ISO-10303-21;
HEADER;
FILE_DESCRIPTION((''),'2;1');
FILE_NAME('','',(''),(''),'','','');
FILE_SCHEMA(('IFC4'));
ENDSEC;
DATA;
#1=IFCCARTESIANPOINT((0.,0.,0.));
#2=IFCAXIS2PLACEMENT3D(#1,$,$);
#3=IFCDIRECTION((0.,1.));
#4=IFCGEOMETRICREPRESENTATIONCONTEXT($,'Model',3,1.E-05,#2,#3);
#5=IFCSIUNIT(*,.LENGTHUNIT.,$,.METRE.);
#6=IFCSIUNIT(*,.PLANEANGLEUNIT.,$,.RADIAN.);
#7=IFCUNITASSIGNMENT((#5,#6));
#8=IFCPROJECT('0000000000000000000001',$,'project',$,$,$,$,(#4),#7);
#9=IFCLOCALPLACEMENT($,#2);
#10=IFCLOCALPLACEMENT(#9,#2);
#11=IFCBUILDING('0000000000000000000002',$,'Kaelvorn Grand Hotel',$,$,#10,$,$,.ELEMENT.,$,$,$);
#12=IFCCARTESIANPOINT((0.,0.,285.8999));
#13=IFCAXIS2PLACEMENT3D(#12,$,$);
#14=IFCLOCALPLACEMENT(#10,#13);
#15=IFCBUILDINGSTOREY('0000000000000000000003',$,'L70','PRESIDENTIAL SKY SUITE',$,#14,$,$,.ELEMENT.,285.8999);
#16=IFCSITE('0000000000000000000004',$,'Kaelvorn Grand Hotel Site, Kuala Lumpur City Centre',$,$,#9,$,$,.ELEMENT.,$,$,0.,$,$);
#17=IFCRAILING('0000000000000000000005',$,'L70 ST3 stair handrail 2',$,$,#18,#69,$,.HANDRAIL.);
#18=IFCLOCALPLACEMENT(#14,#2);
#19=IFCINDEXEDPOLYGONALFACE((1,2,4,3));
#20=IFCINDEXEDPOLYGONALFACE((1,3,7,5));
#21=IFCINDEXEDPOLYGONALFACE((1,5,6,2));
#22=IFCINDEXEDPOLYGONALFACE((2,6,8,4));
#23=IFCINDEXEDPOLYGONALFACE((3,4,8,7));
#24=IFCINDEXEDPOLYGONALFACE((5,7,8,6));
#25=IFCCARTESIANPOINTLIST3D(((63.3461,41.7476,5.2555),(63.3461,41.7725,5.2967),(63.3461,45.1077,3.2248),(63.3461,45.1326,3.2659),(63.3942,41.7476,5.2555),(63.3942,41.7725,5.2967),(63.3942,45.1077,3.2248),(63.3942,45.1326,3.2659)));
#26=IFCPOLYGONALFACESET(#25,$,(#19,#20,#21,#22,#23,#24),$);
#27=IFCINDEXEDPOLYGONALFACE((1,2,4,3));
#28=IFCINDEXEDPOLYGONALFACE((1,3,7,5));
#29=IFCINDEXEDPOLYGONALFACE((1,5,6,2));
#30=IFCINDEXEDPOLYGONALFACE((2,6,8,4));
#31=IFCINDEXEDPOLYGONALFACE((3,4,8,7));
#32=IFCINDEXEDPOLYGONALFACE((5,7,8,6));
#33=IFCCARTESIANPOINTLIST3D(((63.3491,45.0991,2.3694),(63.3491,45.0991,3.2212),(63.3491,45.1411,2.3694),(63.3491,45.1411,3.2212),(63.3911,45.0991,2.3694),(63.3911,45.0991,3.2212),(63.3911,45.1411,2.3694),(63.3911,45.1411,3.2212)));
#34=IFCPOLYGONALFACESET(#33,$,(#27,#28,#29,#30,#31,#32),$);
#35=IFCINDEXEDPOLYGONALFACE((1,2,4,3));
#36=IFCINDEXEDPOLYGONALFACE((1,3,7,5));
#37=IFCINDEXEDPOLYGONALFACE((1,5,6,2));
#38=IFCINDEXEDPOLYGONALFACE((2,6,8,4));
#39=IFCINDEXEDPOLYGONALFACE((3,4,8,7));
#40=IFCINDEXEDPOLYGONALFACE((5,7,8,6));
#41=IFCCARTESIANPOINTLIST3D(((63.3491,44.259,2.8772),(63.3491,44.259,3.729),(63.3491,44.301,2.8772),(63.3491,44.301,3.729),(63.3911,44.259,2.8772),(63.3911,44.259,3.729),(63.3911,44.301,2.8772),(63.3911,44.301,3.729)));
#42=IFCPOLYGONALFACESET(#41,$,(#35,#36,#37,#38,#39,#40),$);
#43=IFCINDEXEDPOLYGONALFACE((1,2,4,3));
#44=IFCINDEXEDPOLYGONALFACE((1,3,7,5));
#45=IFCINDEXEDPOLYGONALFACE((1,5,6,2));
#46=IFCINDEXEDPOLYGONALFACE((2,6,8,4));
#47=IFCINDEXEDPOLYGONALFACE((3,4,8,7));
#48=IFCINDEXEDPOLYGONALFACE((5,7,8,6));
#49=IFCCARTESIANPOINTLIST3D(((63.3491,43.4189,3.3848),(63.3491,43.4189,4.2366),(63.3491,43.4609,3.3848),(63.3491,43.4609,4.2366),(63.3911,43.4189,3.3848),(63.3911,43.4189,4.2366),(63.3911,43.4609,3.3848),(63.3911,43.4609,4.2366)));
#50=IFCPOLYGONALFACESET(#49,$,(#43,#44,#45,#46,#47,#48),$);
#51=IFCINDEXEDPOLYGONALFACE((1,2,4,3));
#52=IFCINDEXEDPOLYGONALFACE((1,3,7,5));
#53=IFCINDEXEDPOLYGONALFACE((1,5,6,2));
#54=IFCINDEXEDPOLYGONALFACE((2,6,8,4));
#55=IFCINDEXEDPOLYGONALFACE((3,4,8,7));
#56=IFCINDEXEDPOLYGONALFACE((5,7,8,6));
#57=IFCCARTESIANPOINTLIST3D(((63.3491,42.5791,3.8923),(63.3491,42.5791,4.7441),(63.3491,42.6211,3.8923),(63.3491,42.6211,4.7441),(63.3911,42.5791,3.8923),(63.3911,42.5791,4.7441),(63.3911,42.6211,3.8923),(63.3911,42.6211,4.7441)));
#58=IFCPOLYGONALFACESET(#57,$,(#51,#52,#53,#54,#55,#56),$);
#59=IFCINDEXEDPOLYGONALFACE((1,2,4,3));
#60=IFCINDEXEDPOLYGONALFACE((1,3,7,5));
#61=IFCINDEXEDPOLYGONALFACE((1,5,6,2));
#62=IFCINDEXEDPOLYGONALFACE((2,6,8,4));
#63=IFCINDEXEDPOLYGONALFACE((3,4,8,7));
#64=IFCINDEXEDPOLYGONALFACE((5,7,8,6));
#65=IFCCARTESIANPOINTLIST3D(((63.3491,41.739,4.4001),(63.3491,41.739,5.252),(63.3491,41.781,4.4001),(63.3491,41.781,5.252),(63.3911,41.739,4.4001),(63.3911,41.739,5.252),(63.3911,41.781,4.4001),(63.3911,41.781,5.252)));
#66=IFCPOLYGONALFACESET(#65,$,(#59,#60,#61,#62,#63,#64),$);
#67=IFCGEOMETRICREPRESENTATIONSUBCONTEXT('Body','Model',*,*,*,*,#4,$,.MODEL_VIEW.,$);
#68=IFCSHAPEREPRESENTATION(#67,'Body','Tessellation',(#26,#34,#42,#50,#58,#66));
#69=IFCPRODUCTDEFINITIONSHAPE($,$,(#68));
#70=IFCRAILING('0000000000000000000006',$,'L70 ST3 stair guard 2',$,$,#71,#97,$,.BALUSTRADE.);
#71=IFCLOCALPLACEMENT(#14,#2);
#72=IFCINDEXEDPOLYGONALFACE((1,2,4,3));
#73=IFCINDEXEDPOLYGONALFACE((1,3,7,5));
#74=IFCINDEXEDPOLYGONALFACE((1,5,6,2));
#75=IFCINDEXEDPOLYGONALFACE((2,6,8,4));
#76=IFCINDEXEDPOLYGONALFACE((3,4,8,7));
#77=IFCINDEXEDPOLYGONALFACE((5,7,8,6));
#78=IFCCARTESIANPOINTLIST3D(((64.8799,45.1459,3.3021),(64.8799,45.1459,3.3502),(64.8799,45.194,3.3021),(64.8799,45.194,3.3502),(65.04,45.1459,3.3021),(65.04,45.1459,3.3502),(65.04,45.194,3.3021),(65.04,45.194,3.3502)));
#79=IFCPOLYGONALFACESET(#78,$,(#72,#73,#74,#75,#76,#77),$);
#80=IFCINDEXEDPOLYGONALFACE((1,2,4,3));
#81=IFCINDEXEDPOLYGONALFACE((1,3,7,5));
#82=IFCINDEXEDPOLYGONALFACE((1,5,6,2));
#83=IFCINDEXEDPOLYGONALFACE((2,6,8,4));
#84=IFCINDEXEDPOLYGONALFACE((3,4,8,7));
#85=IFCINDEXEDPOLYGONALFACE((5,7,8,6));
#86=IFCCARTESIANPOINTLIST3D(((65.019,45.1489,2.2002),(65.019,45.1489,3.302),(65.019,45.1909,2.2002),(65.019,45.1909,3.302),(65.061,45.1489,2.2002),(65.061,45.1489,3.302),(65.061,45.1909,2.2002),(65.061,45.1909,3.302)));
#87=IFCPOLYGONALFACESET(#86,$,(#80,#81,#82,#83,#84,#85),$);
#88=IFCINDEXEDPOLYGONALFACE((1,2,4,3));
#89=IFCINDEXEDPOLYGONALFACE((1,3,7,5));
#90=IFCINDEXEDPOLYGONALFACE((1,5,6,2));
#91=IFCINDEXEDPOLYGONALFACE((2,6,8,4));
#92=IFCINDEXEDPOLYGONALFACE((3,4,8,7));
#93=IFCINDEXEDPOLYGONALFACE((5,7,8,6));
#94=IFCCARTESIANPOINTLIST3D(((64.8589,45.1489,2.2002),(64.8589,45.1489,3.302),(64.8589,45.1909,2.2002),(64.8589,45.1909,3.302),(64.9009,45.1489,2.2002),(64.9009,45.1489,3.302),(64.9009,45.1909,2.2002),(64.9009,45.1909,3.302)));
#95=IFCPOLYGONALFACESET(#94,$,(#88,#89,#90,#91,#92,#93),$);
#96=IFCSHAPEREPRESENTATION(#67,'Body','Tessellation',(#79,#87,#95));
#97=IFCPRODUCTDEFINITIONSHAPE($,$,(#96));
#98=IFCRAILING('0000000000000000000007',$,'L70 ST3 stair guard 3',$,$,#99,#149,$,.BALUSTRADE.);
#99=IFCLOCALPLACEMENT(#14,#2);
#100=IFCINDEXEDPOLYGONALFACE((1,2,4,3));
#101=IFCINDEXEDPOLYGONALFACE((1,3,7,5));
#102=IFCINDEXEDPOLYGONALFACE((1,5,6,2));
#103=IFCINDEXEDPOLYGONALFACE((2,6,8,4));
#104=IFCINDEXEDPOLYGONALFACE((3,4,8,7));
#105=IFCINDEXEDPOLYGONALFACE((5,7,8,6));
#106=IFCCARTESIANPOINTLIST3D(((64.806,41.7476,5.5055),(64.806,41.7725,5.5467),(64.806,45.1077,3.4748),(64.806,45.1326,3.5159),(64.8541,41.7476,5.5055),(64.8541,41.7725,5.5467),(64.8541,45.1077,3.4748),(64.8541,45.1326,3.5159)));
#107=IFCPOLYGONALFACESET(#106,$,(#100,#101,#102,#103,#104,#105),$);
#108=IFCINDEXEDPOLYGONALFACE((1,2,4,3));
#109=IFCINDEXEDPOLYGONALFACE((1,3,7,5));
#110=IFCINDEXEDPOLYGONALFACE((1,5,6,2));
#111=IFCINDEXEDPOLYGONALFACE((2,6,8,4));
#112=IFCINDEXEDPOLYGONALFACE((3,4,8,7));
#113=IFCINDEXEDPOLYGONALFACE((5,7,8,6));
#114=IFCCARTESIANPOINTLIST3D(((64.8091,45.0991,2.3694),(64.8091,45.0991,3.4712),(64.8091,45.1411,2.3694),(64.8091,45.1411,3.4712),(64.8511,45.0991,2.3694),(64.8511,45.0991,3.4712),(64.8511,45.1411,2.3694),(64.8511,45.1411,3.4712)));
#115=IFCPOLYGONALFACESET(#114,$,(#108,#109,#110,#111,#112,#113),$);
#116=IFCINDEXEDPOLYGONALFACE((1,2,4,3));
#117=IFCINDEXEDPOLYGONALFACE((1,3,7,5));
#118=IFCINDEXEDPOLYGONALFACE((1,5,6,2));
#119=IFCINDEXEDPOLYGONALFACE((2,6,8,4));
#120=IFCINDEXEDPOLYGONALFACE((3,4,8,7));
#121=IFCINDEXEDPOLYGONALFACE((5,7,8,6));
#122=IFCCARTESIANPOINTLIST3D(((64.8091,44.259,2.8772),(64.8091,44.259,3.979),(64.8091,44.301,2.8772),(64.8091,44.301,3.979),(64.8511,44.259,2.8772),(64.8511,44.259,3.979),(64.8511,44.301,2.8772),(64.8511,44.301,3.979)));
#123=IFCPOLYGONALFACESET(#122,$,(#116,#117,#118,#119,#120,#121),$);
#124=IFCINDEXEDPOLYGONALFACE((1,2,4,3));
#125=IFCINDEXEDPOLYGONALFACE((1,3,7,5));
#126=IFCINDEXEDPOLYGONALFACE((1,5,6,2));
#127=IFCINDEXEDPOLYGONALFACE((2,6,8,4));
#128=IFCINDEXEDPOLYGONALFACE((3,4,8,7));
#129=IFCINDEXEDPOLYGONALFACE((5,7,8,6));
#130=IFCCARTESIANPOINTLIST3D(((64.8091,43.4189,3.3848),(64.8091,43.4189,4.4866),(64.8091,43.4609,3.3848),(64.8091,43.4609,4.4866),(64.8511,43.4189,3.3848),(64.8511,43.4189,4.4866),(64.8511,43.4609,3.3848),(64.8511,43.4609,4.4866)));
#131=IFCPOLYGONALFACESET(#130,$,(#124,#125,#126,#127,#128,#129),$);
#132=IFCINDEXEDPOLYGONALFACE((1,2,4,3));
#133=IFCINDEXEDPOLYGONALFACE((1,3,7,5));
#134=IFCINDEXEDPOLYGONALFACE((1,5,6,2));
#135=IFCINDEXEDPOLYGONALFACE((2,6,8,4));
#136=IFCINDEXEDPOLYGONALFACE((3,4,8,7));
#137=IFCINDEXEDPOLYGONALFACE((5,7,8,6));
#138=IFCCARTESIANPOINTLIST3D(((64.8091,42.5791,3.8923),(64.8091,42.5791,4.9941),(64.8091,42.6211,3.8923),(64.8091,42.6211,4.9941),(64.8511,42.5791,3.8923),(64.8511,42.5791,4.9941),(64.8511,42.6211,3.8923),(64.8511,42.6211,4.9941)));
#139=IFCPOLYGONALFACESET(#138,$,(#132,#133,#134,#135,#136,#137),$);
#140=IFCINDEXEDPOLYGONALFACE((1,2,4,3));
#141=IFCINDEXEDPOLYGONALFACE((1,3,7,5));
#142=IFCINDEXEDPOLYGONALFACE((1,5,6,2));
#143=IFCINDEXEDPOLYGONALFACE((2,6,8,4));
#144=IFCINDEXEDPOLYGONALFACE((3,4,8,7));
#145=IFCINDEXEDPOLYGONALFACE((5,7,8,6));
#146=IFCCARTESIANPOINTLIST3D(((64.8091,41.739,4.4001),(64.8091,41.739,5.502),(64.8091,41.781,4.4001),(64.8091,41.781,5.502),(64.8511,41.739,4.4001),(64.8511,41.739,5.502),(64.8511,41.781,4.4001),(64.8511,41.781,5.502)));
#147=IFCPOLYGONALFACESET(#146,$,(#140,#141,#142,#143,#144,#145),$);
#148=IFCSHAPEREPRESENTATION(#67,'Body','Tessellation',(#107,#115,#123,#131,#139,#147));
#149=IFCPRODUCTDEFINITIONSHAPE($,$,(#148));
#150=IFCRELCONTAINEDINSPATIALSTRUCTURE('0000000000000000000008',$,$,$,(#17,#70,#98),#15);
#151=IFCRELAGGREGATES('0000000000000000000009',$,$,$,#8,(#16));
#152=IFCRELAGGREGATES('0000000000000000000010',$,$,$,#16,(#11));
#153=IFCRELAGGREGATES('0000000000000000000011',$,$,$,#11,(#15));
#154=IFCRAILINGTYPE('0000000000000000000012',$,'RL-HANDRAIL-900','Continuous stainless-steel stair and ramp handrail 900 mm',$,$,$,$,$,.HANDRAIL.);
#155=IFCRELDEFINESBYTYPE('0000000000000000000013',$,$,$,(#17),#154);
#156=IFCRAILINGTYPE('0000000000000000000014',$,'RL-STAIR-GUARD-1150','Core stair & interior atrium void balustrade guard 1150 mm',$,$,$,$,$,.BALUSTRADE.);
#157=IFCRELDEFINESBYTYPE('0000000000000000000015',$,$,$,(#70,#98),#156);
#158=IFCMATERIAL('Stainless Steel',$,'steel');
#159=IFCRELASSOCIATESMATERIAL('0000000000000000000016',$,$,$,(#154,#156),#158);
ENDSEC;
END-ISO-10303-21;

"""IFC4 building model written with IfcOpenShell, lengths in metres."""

from ifc_helpers import new_model, si_unit, direction, frame, origin, origin_2d, place, context, subcontext, project, spatial, rectangle, extrude, material, type_object, element, save


model = new_model("IFC4")

# Units and contexts
model_context = context("Model", 3, precision=1e-05, world=origin(), true_north=direction((0.0, 1.0)))
body_context = subcontext(model_context, "Body", "Model", "MODEL_VIEW")
ifc_project = project(units=[si_unit("LENGTHUNIT", "METRE"), si_unit("PLANEANGLEUNIT", "RADIAN")], contexts=[model_context])

# Site, building, storey
site_placement = place(None, origin())
site = spatial("IfcSite", under=ifc_project, at=site_placement, Name="Kaelvorn Grand Hotel Site, Kuala Lumpur City Centre", CompositionType="ELEMENT", RefElevation=0.0)
building_placement = place(site_placement, origin())
building = spatial("IfcBuilding", under=site, at=building_placement, Name="Kaelvorn Grand Hotel", CompositionType="ELEMENT")
storey_placement = place(building_placement, frame((0.0, 0.0, 285.8999)))
storey = spatial("IfcBuildingStorey", under=building, at=storey_placement, Name="L70", Description="PRESIDENTIAL SKY SUITE", CompositionType="ELEMENT", Elevation=285.8999)

# Shared definitions
ifc_material_1 = material(Name="Stainless Steel", Category="steel")

# Railings
railing_type_1 = type_object("IfcRailingType", Name="RL-HANDRAIL-900", Description="Continuous stainless-steel stair and ramp handrail 900 mm", PredefinedType="HANDRAIL", material=ifc_material_1)
railing_1_placement = place(storey_placement, frame((63.3701, 45.1201, 2.3694)))
element("IfcRailing", 1, at=railing_1_placement, inside=storey, type_object=railing_type_1, Name="L70 ST3 stair handrail 2", PredefinedType="HANDRAIL", context=body_context, shape_type="SweptSolid", body=[
    extrude(rectangle(XDim=0.0481, YDim=0.0481, at=origin_2d()), frame((0.0, 0.0, 0.876), z_axis=(0.0, -0.855837, 0.517246), x_axis=(1.0, 0.0, 0.0)), (0.0, 0.0, 1.0), 3.926),
    extrude(rectangle(XDim=0.042, YDim=0.042, at=origin_2d()), origin(), (0.0, 0.0, 1.0), 0.8518),
    extrude(rectangle(XDim=0.042, YDim=0.042, at=origin_2d()), frame((0.0, -0.8401, 0.5078)), (0.0, 0.0, 1.0), 0.8518),
    extrude(rectangle(XDim=0.042, YDim=0.042, at=origin_2d()), frame((0.0, -1.6802, 1.0154)), (0.0, 0.0, 1.0), 0.8518),
    extrude(rectangle(XDim=0.042, YDim=0.042, at=origin_2d()), frame((0.0, -2.52, 1.5229)), (0.0, 0.0, 1.0), 0.8518),
    extrude(rectangle(XDim=0.042, YDim=0.042, at=origin_2d()), frame((0.0, -3.3601, 2.0308)), (0.0, 0.0, 1.0), 0.8518),
])
railing_type_2 = type_object("IfcRailingType", Name="RL-STAIR-GUARD-1150", Description="Core stair & interior atrium void balustrade guard 1150 mm", PredefinedType="BALUSTRADE", material=ifc_material_1)
railing_2_placement = place(storey_placement, frame((65.04, 45.1699, 2.2002)))
element("IfcRailing", 2, at=railing_2_placement, inside=storey, type_object=railing_type_2, Name="L70 ST3 stair guard 2", PredefinedType="BALUSTRADE", context=body_context, shape_type="SweptSolid", body=[
    extrude(rectangle(XDim=0.0481, YDim=0.0481, at=origin_2d()), frame((0.0, 0.0, 1.126), z_axis=(-1.0, 0.0, 0.0), x_axis=(0.0, -1.0, 0.0)), (0.0, 0.0, 1.0), 0.1602),
    extrude(rectangle(XDim=0.042, YDim=0.042, at=origin_2d()), origin(), (0.0, 0.0, 1.0), 1.1018),
    extrude(rectangle(XDim=0.042, YDim=0.042, at=origin_2d()), frame((-0.1602, 0.0, 0.0)), (0.0, 0.0, 1.0), 1.1018),
])
railing_3_placement = place(storey_placement, frame((64.8301, 45.1201, 2.3694)))
element("IfcRailing", 3, at=railing_3_placement, inside=storey, type_object=railing_type_2, Name="L70 ST3 stair guard 3", PredefinedType="BALUSTRADE", context=body_context, shape_type="SweptSolid", body=[
    extrude(rectangle(XDim=0.0481, YDim=0.0481, at=origin_2d()), frame((0.0, 0.0, 1.126), z_axis=(0.0, -0.855837, 0.517246), x_axis=(1.0, 0.0, 0.0)), (0.0, 0.0, 1.0), 3.926),
    extrude(rectangle(XDim=0.042, YDim=0.042, at=origin_2d()), origin(), (0.0, 0.0, 1.0), 1.1018),
    extrude(rectangle(XDim=0.042, YDim=0.042, at=origin_2d()), frame((0.0, -0.8401, 0.5078)), (0.0, 0.0, 1.0), 1.1018),
    extrude(rectangle(XDim=0.042, YDim=0.042, at=origin_2d()), frame((0.0, -1.6802, 1.0154)), (0.0, 0.0, 1.0), 1.1018),
    extrude(rectangle(XDim=0.042, YDim=0.042, at=origin_2d()), frame((0.0, -2.52, 1.5229)), (0.0, 0.0, 1.0), 1.1018),
    extrude(rectangle(XDim=0.042, YDim=0.042, at=origin_2d()), frame((0.0, -3.3601, 2.0308)), (0.0, 0.0, 1.0), 1.1018),
])

save(model, "model.ifc")
